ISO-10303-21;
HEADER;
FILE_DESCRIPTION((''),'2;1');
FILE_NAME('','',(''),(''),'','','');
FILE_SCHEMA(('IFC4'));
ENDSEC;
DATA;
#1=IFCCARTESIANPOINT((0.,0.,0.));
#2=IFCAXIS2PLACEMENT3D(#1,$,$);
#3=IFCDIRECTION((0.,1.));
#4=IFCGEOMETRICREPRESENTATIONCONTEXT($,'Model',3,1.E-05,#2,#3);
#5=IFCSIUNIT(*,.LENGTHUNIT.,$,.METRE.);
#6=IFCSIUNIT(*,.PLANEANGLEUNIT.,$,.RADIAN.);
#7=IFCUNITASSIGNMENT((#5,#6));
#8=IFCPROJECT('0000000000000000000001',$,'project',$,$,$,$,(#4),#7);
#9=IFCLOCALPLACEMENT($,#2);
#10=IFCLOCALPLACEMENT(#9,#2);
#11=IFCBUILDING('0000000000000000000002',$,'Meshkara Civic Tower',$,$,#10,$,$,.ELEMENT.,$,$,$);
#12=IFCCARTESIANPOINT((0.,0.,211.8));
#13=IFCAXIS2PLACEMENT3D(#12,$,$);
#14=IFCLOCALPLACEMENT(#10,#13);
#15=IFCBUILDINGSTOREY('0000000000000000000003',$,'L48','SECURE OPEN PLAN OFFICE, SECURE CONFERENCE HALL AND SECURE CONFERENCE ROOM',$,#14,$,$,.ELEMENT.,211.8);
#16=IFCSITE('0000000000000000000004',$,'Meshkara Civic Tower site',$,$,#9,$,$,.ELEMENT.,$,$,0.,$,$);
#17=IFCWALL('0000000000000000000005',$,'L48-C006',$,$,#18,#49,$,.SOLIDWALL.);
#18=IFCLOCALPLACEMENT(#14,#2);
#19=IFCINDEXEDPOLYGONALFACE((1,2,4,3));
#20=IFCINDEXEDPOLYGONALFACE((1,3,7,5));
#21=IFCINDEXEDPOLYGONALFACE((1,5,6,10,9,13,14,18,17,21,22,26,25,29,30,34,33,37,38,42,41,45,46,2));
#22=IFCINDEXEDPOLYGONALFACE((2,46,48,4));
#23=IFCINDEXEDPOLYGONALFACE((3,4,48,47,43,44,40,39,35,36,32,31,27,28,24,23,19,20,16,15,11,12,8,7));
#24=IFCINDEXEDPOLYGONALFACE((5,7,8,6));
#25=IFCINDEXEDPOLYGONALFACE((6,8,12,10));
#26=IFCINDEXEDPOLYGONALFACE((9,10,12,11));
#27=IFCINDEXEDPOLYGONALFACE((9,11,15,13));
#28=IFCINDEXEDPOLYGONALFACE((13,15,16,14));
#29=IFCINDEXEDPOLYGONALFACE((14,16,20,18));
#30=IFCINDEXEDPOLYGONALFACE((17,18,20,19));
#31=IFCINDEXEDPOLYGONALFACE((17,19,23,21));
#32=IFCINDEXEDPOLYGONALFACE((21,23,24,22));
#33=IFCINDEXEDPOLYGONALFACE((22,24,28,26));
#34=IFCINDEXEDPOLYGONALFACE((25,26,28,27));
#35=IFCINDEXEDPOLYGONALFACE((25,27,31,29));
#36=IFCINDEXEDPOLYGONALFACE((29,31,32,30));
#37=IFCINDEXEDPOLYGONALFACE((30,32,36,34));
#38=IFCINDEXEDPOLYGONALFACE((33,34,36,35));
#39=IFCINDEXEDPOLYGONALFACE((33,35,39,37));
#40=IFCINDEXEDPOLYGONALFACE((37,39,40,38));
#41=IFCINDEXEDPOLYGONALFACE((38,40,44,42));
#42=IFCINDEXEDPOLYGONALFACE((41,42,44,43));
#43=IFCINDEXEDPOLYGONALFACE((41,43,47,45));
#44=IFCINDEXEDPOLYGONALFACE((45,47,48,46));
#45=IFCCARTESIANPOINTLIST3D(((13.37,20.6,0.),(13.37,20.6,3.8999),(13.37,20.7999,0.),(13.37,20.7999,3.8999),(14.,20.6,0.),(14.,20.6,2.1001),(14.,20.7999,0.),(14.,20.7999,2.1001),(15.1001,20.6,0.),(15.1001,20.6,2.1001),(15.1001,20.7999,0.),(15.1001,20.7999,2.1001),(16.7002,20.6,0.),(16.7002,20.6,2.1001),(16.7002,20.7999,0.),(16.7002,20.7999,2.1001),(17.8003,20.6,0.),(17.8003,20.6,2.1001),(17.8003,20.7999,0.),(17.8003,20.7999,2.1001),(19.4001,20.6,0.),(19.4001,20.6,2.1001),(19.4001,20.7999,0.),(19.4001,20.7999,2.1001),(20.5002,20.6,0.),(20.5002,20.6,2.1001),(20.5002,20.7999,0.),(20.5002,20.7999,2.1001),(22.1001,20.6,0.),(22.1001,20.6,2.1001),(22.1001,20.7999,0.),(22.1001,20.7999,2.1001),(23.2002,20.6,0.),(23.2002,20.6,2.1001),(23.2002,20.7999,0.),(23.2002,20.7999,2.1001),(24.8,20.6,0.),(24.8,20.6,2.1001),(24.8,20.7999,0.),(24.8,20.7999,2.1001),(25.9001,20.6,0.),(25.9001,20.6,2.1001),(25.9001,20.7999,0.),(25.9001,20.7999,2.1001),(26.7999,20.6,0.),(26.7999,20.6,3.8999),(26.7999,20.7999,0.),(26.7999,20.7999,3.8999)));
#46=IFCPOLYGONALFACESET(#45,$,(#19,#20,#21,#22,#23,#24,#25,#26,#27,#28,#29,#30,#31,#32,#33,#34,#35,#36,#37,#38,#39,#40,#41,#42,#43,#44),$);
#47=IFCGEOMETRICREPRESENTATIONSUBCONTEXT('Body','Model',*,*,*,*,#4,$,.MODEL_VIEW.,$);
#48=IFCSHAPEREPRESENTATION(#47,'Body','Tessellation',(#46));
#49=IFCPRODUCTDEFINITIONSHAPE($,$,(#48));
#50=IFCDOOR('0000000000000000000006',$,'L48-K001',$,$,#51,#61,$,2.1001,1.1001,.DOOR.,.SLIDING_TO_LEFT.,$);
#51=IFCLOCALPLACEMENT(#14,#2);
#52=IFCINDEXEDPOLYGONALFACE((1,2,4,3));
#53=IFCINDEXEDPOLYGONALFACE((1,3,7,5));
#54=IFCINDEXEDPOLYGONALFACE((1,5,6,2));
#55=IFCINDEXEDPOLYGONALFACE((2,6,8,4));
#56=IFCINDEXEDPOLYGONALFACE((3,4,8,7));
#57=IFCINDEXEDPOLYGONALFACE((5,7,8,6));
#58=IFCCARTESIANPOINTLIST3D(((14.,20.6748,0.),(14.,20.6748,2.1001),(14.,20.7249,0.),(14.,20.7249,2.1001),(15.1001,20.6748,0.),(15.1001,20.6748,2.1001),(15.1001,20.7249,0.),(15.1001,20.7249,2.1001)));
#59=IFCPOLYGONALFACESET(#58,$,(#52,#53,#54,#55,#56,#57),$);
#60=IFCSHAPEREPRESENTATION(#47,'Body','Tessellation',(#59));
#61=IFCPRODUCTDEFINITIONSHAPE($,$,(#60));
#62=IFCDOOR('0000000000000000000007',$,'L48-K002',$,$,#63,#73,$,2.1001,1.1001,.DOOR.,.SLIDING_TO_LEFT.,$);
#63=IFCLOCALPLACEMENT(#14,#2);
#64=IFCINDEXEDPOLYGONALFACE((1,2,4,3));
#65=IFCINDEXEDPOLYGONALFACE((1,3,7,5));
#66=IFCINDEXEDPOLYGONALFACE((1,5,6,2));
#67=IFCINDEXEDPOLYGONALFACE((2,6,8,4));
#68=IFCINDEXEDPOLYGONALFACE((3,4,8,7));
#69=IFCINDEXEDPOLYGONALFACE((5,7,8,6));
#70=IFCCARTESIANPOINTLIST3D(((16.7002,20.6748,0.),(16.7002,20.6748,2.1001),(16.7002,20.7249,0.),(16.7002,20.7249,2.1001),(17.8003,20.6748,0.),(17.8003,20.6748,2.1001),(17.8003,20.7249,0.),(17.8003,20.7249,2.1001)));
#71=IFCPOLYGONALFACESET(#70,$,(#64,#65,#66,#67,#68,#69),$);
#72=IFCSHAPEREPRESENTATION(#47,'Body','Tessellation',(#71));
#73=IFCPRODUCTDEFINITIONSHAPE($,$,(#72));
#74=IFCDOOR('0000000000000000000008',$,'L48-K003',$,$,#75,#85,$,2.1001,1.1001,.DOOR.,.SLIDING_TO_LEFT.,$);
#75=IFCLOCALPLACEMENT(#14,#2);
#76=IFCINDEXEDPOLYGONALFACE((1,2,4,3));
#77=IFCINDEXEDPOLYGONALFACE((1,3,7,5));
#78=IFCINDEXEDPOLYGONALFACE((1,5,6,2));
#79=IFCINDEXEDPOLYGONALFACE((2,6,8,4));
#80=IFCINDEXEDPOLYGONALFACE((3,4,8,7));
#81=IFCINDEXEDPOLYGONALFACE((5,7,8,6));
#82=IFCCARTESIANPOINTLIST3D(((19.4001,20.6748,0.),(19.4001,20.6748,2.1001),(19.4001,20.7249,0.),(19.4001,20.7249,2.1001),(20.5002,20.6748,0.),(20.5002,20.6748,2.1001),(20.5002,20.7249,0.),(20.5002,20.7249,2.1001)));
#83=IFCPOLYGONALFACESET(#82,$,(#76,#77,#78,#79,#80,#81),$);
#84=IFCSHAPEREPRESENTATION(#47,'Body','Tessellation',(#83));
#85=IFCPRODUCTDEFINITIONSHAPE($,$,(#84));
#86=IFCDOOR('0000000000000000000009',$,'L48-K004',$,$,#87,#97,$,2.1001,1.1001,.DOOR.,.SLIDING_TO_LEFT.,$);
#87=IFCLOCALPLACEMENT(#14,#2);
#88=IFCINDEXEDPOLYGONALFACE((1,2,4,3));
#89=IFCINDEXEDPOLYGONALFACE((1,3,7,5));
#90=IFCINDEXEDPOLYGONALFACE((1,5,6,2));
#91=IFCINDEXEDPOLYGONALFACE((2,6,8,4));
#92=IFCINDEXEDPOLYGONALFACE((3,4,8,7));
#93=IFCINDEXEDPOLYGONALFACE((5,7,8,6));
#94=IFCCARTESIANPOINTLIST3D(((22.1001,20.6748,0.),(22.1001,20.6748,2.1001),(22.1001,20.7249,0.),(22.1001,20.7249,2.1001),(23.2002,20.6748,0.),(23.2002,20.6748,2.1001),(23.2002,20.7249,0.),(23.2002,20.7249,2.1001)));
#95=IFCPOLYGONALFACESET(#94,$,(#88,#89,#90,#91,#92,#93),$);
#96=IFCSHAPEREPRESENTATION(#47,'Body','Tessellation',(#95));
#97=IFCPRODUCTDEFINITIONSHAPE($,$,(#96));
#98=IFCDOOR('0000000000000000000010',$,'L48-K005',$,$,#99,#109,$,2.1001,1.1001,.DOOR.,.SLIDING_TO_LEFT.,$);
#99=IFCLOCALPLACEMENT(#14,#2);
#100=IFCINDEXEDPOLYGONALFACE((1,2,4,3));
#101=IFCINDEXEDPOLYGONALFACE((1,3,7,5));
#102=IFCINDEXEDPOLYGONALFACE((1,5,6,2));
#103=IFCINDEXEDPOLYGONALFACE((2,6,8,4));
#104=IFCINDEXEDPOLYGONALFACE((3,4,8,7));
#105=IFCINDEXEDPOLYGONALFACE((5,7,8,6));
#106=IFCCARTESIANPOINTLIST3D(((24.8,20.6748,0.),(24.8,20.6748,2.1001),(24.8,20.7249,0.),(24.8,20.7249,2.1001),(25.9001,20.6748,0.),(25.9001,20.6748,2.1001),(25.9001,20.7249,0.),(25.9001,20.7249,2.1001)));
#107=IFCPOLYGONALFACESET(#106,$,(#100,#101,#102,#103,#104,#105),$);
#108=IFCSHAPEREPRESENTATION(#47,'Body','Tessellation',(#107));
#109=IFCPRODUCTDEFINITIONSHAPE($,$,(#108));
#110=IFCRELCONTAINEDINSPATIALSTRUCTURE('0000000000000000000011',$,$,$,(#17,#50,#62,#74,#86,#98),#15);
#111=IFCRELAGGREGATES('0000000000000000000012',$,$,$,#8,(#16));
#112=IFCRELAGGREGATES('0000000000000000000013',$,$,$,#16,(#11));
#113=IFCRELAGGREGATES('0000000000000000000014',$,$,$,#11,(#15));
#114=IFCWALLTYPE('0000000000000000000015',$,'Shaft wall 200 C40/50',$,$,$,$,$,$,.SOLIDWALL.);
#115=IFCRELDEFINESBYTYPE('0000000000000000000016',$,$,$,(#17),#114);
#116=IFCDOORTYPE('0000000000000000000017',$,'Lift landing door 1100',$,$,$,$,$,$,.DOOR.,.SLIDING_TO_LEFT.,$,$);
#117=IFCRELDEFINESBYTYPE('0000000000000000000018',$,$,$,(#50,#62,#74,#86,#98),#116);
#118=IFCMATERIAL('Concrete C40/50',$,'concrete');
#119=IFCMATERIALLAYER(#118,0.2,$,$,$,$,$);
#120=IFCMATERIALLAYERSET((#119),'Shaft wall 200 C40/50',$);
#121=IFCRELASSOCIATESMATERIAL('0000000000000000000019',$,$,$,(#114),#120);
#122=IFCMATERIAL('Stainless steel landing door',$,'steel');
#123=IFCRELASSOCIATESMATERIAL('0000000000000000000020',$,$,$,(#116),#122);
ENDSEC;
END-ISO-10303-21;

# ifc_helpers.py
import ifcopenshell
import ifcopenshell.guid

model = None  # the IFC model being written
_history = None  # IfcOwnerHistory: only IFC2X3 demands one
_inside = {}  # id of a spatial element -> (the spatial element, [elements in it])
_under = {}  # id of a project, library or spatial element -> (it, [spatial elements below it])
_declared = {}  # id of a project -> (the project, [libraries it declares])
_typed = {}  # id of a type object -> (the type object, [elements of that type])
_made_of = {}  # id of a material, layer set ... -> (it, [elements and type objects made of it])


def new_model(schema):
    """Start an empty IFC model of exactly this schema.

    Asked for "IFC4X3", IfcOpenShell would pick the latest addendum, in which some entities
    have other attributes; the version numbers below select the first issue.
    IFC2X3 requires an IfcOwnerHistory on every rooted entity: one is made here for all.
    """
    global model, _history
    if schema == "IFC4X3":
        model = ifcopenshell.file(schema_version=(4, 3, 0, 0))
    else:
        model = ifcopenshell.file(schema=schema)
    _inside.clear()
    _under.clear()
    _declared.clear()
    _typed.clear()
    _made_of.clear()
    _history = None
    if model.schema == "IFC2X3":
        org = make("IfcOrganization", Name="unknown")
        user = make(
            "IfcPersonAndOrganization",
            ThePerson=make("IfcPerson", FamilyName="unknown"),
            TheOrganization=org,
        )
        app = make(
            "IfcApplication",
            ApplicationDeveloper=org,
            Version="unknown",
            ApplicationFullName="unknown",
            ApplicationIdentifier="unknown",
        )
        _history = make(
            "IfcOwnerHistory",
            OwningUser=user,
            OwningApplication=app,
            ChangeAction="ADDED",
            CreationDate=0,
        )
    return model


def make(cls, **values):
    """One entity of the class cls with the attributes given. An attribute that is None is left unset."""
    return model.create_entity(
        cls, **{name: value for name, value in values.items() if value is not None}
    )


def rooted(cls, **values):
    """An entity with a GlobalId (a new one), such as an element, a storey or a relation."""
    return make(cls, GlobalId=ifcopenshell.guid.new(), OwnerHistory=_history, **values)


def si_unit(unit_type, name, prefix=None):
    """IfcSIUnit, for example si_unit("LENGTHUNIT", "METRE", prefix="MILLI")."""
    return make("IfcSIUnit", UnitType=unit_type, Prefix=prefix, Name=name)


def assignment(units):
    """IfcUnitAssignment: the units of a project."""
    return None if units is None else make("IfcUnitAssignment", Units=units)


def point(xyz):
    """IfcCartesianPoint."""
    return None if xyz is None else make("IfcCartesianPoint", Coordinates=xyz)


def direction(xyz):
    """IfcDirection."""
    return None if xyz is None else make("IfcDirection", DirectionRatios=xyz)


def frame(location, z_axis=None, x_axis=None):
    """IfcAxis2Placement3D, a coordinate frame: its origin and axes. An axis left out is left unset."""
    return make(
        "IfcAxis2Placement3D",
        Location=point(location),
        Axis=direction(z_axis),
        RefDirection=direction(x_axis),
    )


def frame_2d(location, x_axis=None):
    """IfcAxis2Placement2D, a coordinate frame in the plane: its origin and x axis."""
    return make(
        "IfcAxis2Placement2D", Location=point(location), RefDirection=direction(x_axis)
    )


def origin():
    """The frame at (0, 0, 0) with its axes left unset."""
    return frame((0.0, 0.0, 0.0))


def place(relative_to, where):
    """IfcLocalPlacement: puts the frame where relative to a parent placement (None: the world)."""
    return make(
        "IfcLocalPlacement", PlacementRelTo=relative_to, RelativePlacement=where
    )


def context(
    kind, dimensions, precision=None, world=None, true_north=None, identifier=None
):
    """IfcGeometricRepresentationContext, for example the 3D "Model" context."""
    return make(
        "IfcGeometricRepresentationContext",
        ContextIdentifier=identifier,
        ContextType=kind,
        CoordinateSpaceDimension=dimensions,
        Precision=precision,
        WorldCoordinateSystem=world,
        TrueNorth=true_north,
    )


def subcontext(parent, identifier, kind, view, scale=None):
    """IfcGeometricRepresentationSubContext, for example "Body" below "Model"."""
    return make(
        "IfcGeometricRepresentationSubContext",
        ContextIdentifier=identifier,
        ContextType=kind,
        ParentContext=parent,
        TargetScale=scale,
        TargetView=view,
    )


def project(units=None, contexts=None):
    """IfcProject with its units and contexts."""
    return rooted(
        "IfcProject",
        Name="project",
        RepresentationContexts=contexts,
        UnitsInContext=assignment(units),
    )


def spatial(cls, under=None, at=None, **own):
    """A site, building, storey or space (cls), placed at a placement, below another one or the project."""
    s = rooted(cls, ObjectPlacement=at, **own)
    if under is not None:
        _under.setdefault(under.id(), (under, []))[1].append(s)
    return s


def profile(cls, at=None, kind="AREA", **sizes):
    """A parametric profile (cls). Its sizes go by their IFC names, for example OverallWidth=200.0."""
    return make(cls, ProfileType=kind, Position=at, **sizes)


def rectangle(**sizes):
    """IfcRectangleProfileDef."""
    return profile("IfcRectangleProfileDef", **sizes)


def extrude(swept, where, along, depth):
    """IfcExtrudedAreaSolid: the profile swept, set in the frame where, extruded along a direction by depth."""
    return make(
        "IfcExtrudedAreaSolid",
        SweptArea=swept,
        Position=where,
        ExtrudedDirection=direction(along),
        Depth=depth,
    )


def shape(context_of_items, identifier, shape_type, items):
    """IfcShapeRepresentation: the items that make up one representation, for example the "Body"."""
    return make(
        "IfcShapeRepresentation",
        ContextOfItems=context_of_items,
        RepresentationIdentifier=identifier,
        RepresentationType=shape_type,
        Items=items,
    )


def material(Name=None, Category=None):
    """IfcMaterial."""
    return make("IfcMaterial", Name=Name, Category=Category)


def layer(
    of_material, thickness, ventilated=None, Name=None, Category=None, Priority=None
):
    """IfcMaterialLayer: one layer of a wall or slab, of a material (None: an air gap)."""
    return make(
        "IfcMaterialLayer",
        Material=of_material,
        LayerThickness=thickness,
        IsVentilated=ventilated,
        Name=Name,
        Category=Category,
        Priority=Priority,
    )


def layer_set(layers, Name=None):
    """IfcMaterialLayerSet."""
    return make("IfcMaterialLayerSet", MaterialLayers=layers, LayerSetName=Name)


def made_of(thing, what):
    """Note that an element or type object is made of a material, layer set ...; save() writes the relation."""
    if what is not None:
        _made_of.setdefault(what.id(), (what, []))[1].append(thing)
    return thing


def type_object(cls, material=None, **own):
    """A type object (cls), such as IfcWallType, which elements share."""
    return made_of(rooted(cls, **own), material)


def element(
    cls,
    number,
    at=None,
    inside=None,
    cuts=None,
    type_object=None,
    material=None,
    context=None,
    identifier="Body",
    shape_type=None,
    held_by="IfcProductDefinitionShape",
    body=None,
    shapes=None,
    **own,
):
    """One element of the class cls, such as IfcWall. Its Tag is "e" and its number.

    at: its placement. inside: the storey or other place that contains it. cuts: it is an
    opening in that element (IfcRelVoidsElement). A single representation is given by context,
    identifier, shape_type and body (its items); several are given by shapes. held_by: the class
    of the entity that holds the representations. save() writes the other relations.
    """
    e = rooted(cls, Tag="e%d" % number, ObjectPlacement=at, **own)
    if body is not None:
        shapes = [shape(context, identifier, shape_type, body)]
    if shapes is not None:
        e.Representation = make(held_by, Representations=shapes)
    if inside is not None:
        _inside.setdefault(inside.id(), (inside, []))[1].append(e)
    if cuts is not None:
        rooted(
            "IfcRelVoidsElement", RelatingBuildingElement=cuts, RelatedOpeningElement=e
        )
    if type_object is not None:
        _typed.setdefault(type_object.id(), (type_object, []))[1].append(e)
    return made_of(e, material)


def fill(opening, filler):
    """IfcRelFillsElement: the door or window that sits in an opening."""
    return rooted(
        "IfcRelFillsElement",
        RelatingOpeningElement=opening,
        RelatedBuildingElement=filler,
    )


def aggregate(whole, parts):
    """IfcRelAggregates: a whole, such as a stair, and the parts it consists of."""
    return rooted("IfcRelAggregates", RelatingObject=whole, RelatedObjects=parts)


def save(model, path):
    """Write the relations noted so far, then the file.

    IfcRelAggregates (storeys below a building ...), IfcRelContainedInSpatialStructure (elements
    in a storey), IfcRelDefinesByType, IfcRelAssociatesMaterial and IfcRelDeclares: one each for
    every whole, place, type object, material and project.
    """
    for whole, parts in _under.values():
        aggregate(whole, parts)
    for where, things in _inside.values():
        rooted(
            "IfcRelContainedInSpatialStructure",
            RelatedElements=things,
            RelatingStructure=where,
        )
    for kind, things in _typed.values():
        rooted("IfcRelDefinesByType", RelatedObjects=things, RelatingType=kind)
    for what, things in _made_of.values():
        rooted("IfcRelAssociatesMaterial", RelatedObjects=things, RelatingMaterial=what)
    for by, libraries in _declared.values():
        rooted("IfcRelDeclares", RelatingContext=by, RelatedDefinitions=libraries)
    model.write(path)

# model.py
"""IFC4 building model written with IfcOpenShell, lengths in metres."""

from ifc_helpers import new_model, si_unit, direction, frame, frame_2d, origin, place, context, subcontext, project, spatial, rectangle, extrude, material, layer, layer_set, type_object, element, fill, save


model = new_model("IFC4")

# Units and contexts
model_context = context("Model", 3, precision=1e-05, world=origin(), true_north=direction((0.0, 1.0)))
body_context = subcontext(model_context, "Body", "Model", "MODEL_VIEW")
ifc_project = project(units=[si_unit("LENGTHUNIT", "METRE"), si_unit("PLANEANGLEUNIT", "RADIAN")], contexts=[model_context])

# Site, building, storey
site_placement = place(None, origin())
site = spatial("IfcSite", under=ifc_project, at=site_placement, Name="Meshkara Civic Tower site", CompositionType="ELEMENT", RefElevation=0.0)
building_placement = place(site_placement, origin())
building = spatial("IfcBuilding", under=site, at=building_placement, Name="Meshkara Civic Tower", CompositionType="ELEMENT")
storey_placement = place(building_placement, frame((0.0, 0.0, 211.8)))
storey = spatial("IfcBuildingStorey", under=building, at=storey_placement, Name="L48", Description="SECURE OPEN PLAN OFFICE, SECURE CONFERENCE HALL AND SECURE CONFERENCE ROOM", CompositionType="ELEMENT", Elevation=211.8)

# Wall, openings, doors
ifc_material_1 = material(Name="Concrete C40/50", Category="concrete")
ifc_layer_1 = layer(ifc_material_1, 0.2)
ifc_layer_set_1 = layer_set([ifc_layer_1], Name="Shaft wall 200 C40/50")
wall_type_1 = type_object("IfcWallType", Name="Shaft wall 200 C40/50", PredefinedType="SOLIDWALL", material=ifc_layer_set_1)
wall_1_placement = place(storey_placement, frame((13.3701, 20.7, 0.0), z_axis=(0.0, 0.0, 1.0), x_axis=(1.0, 0.0, 0.0)))
wall_1 = element("IfcWall", 1, at=wall_1_placement, inside=storey, type_object=wall_type_1, Name="L48-C006", PredefinedType="SOLIDWALL", context=body_context, shape_type="SweptSolid", body=[
    extrude(rectangle(XDim=13.4299, YDim=0.2, at=frame_2d((6.7148, 0.0))), origin(), (0.0, 0.0, 1.0), 3.8999),
])
opening_1_placement = place(wall_1_placement, frame((0.6299, 0.0, 0.0)))
opening_1 = element("IfcOpeningElement", 2, at=opening_1_placement, cuts=wall_1, PredefinedType="OPENING", context=body_context, shape_type="SweptSolid", body=[
    extrude(rectangle(XDim=1.1001, YDim=2.1001, at=frame_2d((0.55, 1.05))), frame((0.0, 0.1099, 0.0), z_axis=(0.0, -1.0, 0.0), x_axis=(1.0, 0.0, 0.0)), (0.0, 0.0, 1.0), 0.22),
])
opening_2_placement = place(wall_1_placement, frame((3.3301, 0.0, 0.0)))
opening_2 = element("IfcOpeningElement", 3, at=opening_2_placement, cuts=wall_1, PredefinedType="OPENING", context=body_context, shape_type="SweptSolid", body=[
    extrude(rectangle(XDim=1.1001, YDim=2.1001, at=frame_2d((0.55, 1.05))), frame((0.0, 0.1099, 0.0), z_axis=(0.0, -1.0, 0.0), x_axis=(1.0, 0.0, 0.0)), (0.0, 0.0, 1.0), 0.22),
])
opening_3_placement = place(wall_1_placement, frame((6.03, 0.0, 0.0)))
opening_3 = element("IfcOpeningElement", 4, at=opening_3_placement, cuts=wall_1, PredefinedType="OPENING", context=body_context, shape_type="SweptSolid", body=[
    extrude(rectangle(XDim=1.1001, YDim=2.1001, at=frame_2d((0.55, 1.05))), frame((0.0, 0.1099, 0.0), z_axis=(0.0, -1.0, 0.0), x_axis=(1.0, 0.0, 0.0)), (0.0, 0.0, 1.0), 0.22),
])
opening_4_placement = place(wall_1_placement, frame((8.73, 0.0, 0.0)))
opening_4 = element("IfcOpeningElement", 5, at=opening_4_placement, cuts=wall_1, PredefinedType="OPENING", context=body_context, shape_type="SweptSolid", body=[
    extrude(rectangle(XDim=1.1001, YDim=2.1001, at=frame_2d((0.55, 1.05))), frame((0.0, 0.1099, 0.0), z_axis=(0.0, -1.0, 0.0), x_axis=(1.0, 0.0, 0.0)), (0.0, 0.0, 1.0), 0.22),
])
opening_5_placement = place(wall_1_placement, frame((11.4299, 0.0, 0.0)))
opening_5 = element("IfcOpeningElement", 6, at=opening_5_placement, cuts=wall_1, PredefinedType="OPENING", context=body_context, shape_type="SweptSolid", body=[
    extrude(rectangle(XDim=1.1001, YDim=2.1001, at=frame_2d((0.55, 1.05))), frame((0.0, 0.1099, 0.0), z_axis=(0.0, -1.0, 0.0), x_axis=(1.0, 0.0, 0.0)), (0.0, 0.0, 1.0), 0.22),
])
ifc_material_2 = material(Name="Stainless steel landing door", Category="steel")
door_type_1 = type_object("IfcDoorType", Name="Lift landing door 1100", OperationType="SLIDING_TO_LEFT", PredefinedType="DOOR", material=ifc_material_2)
door_1_placement = place(opening_1_placement, origin())
door_1 = element("IfcDoor", 7, at=door_1_placement, inside=storey, type_object=door_type_1, Name="L48-K001", OperationType="SLIDING_TO_LEFT", OverallHeight=2.1001, OverallWidth=1.1001, PredefinedType="DOOR", context=body_context, shape_type="SweptSolid", body=[
    extrude(rectangle(XDim=1.1001, YDim=2.1001, at=frame_2d((0.55, 1.05))), frame((0.0, 0.0249, 0.0), z_axis=(0.0, -1.0, 0.0), x_axis=(1.0, 0.0, 0.0)), (0.0, 0.0, 1.0), 0.05),
])
fill(opening_1, door_1)
door_2_placement = place(opening_2_placement, origin())
door_2 = element("IfcDoor", 8, at=door_2_placement, inside=storey, type_object=door_type_1, Name="L48-K002", OperationType="SLIDING_TO_LEFT", OverallHeight=2.1001, OverallWidth=1.1001, PredefinedType="DOOR", context=body_context, shape_type="SweptSolid", body=[
    extrude(rectangle(XDim=1.1001, YDim=2.1001, at=frame_2d((0.55, 1.05))), frame((0.0, 0.0249, 0.0), z_axis=(0.0, -1.0, 0.0), x_axis=(1.0, 0.0, 0.0)), (0.0, 0.0, 1.0), 0.05),
])
fill(opening_2, door_2)
door_3_placement = place(opening_3_placement, origin())
door_3 = element("IfcDoor", 9, at=door_3_placement, inside=storey, type_object=door_type_1, Name="L48-K003", OperationType="SLIDING_TO_LEFT", OverallHeight=2.1001, OverallWidth=1.1001, PredefinedType="DOOR", context=body_context, shape_type="SweptSolid", body=[
    extrude(rectangle(XDim=1.1001, YDim=2.1001, at=frame_2d((0.55, 1.05))), frame((0.0, 0.0249, 0.0), z_axis=(0.0, -1.0, 0.0), x_axis=(1.0, 0.0, 0.0)), (0.0, 0.0, 1.0), 0.05),
])
fill(opening_3, door_3)
door_4_placement = place(opening_4_placement, origin())
door_4 = element("IfcDoor", 10, at=door_4_placement, inside=storey, type_object=door_type_1, Name="L48-K004", OperationType="SLIDING_TO_LEFT", OverallHeight=2.1001, OverallWidth=1.1001, PredefinedType="DOOR", context=body_context, shape_type="SweptSolid", body=[
    extrude(rectangle(XDim=1.1001, YDim=2.1001, at=frame_2d((0.55, 1.05))), frame((0.0, 0.0249, 0.0), z_axis=(0.0, -1.0, 0.0), x_axis=(1.0, 0.0, 0.0)), (0.0, 0.0, 1.0), 0.05),
])
fill(opening_4, door_4)
door_5_placement = place(opening_5_placement, origin())
door_5 = element("IfcDoor", 11, at=door_5_placement, inside=storey, type_object=door_type_1, Name="L48-K005", OperationType="SLIDING_TO_LEFT", OverallHeight=2.1001, OverallWidth=1.1001, PredefinedType="DOOR", context=body_context, shape_type="SweptSolid", body=[
    extrude(rectangle(XDim=1.1001, YDim=2.1001, at=frame_2d((0.55, 1.05))), frame((0.0, 0.0249, 0.0), z_axis=(0.0, -1.0, 0.0), x_axis=(1.0, 0.0, 0.0)), (0.0, 0.0, 1.0), 0.05),
])
fill(opening_5, door_5)

save(model, "model.ifc")
